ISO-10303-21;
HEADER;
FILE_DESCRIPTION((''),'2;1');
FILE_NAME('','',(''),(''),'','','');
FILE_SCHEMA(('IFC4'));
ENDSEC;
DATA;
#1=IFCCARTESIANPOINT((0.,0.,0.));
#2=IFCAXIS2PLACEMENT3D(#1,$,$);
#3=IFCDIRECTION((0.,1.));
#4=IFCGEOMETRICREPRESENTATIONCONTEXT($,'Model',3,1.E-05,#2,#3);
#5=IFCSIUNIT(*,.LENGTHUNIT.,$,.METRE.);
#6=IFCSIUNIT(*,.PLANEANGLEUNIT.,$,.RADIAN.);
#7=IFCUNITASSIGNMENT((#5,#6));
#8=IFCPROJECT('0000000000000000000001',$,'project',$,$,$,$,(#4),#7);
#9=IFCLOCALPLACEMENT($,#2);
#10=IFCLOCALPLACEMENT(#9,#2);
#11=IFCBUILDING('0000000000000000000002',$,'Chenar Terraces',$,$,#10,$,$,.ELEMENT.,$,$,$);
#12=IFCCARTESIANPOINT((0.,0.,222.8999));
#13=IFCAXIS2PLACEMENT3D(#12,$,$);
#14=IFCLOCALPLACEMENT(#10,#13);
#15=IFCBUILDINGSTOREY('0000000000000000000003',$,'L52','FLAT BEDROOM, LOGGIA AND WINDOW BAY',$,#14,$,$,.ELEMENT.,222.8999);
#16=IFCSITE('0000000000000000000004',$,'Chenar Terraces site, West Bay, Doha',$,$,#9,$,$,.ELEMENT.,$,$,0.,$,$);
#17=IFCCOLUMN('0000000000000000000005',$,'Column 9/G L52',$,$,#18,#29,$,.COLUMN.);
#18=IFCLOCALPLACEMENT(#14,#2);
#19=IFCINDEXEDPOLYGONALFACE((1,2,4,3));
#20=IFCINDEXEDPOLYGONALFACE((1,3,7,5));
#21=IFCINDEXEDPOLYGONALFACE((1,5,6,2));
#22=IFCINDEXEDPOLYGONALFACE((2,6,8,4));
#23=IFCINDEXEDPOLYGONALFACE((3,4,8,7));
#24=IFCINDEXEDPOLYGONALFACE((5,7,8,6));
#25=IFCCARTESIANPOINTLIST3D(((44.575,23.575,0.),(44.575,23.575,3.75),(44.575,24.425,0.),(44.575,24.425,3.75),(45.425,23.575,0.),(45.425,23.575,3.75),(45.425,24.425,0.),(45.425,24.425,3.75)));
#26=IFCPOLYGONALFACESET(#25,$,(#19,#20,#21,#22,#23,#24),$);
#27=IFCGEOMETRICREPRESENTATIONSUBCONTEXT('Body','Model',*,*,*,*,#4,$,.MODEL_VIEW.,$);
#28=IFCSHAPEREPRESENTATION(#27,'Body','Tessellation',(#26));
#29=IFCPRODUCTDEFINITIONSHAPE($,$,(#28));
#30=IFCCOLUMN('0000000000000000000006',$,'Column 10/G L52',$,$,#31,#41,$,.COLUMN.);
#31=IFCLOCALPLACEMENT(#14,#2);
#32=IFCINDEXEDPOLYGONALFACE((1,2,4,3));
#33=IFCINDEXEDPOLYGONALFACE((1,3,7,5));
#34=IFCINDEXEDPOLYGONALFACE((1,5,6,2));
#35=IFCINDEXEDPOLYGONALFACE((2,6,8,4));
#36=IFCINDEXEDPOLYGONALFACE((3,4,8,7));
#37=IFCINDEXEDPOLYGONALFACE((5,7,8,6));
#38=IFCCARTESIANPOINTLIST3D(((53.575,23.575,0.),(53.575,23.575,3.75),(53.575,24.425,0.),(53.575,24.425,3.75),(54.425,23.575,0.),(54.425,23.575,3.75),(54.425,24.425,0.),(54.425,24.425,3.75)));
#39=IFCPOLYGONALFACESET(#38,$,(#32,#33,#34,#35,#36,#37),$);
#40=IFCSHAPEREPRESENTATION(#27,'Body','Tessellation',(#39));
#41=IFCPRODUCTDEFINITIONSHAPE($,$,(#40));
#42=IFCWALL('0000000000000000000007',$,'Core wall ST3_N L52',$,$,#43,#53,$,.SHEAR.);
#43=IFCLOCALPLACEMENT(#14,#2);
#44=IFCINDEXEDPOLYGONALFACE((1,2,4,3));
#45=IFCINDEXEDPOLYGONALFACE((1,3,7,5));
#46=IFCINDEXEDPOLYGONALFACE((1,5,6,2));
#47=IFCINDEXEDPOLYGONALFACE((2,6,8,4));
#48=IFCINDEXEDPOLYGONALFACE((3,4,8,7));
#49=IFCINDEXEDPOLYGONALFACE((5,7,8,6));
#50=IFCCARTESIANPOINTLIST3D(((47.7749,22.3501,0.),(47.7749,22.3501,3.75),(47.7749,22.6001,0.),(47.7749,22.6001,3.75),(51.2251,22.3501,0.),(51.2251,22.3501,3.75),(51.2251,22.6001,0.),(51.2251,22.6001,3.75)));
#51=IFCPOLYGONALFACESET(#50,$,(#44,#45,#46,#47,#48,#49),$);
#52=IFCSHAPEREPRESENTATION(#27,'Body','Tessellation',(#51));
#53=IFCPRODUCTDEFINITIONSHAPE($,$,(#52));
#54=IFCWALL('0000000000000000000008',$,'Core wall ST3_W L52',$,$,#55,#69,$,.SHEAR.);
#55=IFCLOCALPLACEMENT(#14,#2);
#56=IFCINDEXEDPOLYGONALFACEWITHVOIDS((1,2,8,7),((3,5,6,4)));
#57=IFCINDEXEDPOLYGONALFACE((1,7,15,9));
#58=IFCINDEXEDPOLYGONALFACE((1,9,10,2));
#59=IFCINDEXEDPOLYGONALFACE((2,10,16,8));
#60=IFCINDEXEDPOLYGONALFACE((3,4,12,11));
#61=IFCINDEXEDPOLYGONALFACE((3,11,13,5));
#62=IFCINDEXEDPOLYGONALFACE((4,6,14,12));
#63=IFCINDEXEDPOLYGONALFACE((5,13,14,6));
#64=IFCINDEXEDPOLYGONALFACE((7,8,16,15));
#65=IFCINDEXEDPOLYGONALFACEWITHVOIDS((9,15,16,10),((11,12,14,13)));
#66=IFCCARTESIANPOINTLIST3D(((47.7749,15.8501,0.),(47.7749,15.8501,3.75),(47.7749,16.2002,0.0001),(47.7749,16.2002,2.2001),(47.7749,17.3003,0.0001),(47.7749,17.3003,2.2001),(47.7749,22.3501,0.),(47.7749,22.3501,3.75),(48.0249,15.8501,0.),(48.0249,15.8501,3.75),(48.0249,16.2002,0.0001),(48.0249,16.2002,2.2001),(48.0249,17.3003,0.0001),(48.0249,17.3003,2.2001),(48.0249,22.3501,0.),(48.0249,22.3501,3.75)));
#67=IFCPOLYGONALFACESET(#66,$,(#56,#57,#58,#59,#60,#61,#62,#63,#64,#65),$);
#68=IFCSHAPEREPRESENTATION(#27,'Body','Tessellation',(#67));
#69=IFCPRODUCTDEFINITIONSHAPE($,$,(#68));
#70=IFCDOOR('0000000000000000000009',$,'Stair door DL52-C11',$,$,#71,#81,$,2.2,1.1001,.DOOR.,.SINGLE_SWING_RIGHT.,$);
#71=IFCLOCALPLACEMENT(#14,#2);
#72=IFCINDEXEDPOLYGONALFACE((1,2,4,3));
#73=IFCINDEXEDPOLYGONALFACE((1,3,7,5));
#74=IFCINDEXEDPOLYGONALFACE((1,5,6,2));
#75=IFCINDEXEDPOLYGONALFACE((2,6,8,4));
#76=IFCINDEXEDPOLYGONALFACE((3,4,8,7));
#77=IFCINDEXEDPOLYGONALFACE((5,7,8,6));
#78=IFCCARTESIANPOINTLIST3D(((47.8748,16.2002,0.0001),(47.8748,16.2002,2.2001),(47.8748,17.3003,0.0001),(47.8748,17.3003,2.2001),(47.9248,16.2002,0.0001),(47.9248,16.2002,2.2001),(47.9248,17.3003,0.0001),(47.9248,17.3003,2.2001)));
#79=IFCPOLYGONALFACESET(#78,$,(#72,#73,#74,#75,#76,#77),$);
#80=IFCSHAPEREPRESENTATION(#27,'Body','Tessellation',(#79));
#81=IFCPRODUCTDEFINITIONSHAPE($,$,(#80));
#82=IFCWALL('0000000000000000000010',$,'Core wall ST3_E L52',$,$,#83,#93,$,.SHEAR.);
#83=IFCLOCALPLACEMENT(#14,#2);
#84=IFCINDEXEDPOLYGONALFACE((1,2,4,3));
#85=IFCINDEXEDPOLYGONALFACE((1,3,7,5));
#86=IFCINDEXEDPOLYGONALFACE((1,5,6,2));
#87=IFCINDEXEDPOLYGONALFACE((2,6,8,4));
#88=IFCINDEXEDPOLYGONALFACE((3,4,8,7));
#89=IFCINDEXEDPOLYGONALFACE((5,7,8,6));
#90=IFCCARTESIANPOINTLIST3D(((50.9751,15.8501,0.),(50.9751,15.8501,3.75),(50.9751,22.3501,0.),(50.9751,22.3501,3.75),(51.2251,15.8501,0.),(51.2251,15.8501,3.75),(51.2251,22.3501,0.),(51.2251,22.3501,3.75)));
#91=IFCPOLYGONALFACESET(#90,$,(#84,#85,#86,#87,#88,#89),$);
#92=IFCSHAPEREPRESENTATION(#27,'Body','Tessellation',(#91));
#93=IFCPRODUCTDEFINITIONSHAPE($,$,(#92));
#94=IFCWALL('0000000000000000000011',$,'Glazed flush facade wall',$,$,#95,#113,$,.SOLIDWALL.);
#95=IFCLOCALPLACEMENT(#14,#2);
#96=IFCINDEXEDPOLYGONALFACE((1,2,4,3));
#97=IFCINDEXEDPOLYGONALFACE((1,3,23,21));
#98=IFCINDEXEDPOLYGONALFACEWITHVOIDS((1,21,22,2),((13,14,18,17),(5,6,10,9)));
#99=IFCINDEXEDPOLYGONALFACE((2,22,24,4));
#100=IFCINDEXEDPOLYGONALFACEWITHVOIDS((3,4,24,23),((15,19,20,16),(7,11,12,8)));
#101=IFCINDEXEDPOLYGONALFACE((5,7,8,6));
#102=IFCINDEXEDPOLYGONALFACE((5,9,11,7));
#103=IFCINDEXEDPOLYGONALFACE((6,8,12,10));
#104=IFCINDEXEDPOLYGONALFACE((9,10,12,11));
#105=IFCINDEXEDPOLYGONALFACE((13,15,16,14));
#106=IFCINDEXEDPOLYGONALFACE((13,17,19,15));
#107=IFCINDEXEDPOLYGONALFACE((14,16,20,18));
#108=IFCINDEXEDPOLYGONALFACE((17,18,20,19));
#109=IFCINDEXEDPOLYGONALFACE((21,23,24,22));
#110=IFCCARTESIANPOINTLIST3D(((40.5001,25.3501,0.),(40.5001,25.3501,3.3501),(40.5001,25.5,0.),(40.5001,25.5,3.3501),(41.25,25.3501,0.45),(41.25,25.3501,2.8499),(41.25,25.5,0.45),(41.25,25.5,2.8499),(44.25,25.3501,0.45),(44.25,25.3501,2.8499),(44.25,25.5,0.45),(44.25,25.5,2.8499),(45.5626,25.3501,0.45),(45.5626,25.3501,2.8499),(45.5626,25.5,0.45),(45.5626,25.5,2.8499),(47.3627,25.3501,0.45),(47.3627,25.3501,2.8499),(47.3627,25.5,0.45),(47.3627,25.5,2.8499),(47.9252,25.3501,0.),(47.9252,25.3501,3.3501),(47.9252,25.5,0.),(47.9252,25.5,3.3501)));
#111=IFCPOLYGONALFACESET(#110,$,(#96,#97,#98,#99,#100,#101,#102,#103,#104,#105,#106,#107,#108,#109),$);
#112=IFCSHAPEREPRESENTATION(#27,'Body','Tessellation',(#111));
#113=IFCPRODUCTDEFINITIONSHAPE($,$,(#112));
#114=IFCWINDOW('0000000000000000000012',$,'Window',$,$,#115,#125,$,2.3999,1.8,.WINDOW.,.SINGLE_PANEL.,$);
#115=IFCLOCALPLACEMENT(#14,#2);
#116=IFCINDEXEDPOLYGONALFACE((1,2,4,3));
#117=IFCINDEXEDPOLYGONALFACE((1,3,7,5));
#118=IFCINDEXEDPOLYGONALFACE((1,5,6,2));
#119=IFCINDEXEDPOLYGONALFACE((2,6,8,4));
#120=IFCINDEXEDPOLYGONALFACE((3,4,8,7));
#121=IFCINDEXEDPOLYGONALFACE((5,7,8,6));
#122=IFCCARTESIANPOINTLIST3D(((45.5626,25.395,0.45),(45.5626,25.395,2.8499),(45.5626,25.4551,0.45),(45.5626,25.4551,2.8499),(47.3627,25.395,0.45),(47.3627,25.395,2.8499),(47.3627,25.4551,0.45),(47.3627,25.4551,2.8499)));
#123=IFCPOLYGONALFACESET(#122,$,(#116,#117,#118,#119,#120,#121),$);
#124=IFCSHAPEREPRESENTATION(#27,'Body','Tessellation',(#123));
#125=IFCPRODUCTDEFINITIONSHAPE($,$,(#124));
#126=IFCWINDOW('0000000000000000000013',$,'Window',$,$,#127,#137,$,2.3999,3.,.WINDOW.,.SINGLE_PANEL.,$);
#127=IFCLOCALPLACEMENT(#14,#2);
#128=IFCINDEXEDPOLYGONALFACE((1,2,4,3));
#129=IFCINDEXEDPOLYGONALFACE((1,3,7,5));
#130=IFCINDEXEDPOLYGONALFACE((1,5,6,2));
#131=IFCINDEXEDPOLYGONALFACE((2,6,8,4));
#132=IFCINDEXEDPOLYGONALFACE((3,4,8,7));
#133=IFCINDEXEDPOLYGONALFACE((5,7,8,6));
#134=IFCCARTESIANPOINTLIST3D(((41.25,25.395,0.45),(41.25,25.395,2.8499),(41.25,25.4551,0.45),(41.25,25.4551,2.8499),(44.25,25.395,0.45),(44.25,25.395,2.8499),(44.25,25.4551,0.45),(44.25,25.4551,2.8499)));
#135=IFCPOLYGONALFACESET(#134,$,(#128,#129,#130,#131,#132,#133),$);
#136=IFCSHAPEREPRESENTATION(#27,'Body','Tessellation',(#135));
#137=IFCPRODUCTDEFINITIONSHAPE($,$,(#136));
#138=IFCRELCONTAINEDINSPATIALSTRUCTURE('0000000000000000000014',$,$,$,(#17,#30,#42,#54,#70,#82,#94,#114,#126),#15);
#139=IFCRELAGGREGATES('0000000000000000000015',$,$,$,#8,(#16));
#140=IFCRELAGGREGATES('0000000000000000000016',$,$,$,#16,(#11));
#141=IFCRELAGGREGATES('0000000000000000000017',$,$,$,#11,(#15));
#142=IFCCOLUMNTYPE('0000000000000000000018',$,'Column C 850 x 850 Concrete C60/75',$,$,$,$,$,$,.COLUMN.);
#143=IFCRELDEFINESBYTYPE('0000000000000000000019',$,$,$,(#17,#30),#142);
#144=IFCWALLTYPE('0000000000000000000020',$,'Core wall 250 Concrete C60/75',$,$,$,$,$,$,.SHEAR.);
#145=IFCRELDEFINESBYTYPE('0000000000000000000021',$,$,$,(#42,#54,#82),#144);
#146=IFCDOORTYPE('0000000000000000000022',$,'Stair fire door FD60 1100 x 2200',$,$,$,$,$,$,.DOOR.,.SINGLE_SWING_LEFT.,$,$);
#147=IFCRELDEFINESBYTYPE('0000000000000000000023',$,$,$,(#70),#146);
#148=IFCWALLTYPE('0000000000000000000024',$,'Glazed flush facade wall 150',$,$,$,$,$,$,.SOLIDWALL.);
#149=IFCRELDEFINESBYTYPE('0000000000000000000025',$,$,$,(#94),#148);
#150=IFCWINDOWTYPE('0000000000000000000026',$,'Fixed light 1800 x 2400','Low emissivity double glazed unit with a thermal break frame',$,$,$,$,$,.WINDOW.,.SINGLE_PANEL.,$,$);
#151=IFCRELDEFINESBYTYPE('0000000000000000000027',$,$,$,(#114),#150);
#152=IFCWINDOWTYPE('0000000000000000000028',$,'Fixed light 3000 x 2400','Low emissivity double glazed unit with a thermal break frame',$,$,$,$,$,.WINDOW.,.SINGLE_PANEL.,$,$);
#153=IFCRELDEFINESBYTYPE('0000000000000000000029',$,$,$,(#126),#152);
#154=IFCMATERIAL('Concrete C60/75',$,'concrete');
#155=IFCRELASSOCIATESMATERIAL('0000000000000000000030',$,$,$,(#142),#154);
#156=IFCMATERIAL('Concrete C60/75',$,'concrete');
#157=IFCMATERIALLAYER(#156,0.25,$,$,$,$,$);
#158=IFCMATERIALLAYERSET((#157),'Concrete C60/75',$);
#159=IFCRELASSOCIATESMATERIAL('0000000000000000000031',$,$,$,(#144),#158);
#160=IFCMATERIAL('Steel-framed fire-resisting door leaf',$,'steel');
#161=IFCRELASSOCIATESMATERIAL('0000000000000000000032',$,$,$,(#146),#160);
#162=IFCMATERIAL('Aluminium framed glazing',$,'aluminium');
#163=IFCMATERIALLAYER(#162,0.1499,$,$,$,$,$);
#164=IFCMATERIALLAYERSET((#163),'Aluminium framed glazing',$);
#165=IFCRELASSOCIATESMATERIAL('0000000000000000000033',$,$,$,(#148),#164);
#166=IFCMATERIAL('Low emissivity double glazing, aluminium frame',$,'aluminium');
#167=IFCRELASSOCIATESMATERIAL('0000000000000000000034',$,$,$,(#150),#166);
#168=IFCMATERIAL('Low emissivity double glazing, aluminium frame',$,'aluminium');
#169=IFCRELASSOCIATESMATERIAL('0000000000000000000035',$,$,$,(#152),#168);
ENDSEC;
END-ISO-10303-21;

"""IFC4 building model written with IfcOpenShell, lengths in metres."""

from ifc_helpers import new_model, si_unit, direction, frame, frame_2d, origin, origin_2d, place, context, subcontext, project, spatial, rectangle, extrude, material, layer, layer_set, material_profile, profile_set, type_object, element, fill, save


model = new_model("IFC4")

# Units and contexts
model_context = context("Model", 3, precision=1e-05, world=origin(), true_north=direction((0.0, 1.0)))
body_context = subcontext(model_context, "Body", "Model", "MODEL_VIEW")
ifc_project = project(units=[si_unit("LENGTHUNIT", "METRE"), si_unit("PLANEANGLEUNIT", "RADIAN")], contexts=[model_context])

# Site, building, storey
site_placement = place(None, origin())
site = spatial("IfcSite", under=ifc_project, at=site_placement, Name="Chenar Terraces site, West Bay, Doha", CompositionType="ELEMENT", RefElevation=0.0)
building_placement = place(site_placement, origin())
building = spatial("IfcBuilding", under=site, at=building_placement, Name="Chenar Terraces", CompositionType="ELEMENT")
storey_placement = place(building_placement, frame((0.0, 0.0, 222.8999)))
storey = spatial("IfcBuildingStorey", under=building, at=storey_placement, Name="L52", Description="FLAT BEDROOM, LOGGIA AND WINDOW BAY", CompositionType="ELEMENT", Elevation=222.8999)

# Columns
ifc_material_1 = material(Name="Concrete C60/75", Category="concrete")
ifc_material_profile = material_profile(ifc_material_1, rectangle(XDim=0.8501, YDim=0.8501, at=origin_2d()), Name="C 850 x 850")
ifc_profile_set = profile_set([ifc_material_profile], Name="Concrete C60/75")
column_type = type_object("IfcColumnType", Name="Column C 850 x 850 Concrete C60/75", PredefinedType="COLUMN", material=ifc_profile_set)
for number, where, z_axis, x_axis, name in (
    (1, (45.0, 24.0, 0.0), (0.0, 0.0, 1.0), (1.0, 0.0, 0.0), "Column 9/G L52"),
    (2, (54.0, 24.0, 0.0), (0.0, 0.0, 1.0), (1.0, 0.0, 0.0), "Column 10/G L52"),
):
    element("IfcColumn", number, at=place(storey_placement, frame(where, z_axis=z_axis, x_axis=x_axis)), inside=storey, type_object=column_type, Name=name, PredefinedType="COLUMN", context=body_context, shape_type="SweptSolid", body=[
        extrude(rectangle(XDim=0.8501, YDim=0.8501, at=origin_2d()), origin(), (0.0, 0.0, 1.0), 3.75),
    ])

# Wall
ifc_material_2 = material(Name="Concrete C60/75", Category="concrete")
ifc_layer_1 = layer(ifc_material_2, 0.25)
ifc_layer_set_1 = layer_set([ifc_layer_1], Name="Concrete C60/75")
wall_type_1 = type_object("IfcWallType", Name="Core wall 250 Concrete C60/75", PredefinedType="SHEAR", material=ifc_layer_set_1)
wall_1_placement = place(storey_placement, frame((47.7749, 22.4751, 0.0), z_axis=(0.0, 0.0, 1.0), x_axis=(1.0, 0.0, 0.0)))
element("IfcWall", 3, at=wall_1_placement, inside=storey, type_object=wall_type_1, Name="Core wall ST3_N L52", PredefinedType="SHEAR", context=body_context, shape_type="SweptSolid", body=[
    extrude(rectangle(XDim=3.4502, YDim=0.25, at=frame_2d((1.7251, 0.0))), origin(), (0.0, 0.0, 1.0), 3.75),
])

# Wall, opening, door
wall_2_placement = place(storey_placement, frame((47.8999, 15.8501, 0.0), z_axis=(0.0, 0.0, 1.0), x_axis=(0.0, 1.0, 0.0)))
wall_2 = element("IfcWall", 4, at=wall_2_placement, inside=storey, type_object=wall_type_1, Name="Core wall ST3_W L52", PredefinedType="SHEAR", context=body_context, shape_type="SweptSolid", body=[
    extrude(rectangle(XDim=6.5, YDim=0.25, at=frame_2d((3.25, 0.0))), origin(), (0.0, 0.0, 1.0), 3.75),
])
opening_1_placement = place(wall_2_placement, frame((0.3501, 0.0, 0.0)))
opening_1 = element("IfcOpeningElement", 5, at=opening_1_placement, cuts=wall_2, PredefinedType="OPENING", context=body_context, shape_type="SweptSolid", body=[
    extrude(rectangle(XDim=1.1001, YDim=2.2, at=frame_2d((0.55, 1.1001))), frame((0.0, 0.135, 0.0), z_axis=(0.0, -1.0, 0.0), x_axis=(1.0, 0.0, 0.0)), (0.0, 0.0, 1.0), 0.27),
])
ifc_material_3 = material(Name="Steel-framed fire-resisting door leaf", Category="steel")
door_type_1 = type_object("IfcDoorType", Name="Stair fire door FD60 1100 x 2200", OperationType="SINGLE_SWING_LEFT", PredefinedType="DOOR", material=ifc_material_3)
door_1_placement = place(opening_1_placement, frame((1.1001, 0.0, 0.0), z_axis=(0.0, 0.0, 1.0), x_axis=(-1.0, 0.0, 0.0)))
door_1 = element("IfcDoor", 6, at=door_1_placement, inside=storey, type_object=door_type_1, Name="Stair door DL52-C11", OperationType="SINGLE_SWING_RIGHT", OverallHeight=2.2, OverallWidth=1.1001, PredefinedType="DOOR", context=body_context, shape_type="SweptSolid", body=[
    extrude(rectangle(XDim=1.1001, YDim=2.2, at=frame_2d((0.55, 1.1001))), frame((0.0, 0.0249, 0.0), z_axis=(0.0, -1.0, 0.0), x_axis=(1.0, 0.0, 0.0)), (0.0, 0.0, 1.0), 0.05),
])
fill(opening_1, door_1)

# Wall
wall_3_placement = place(storey_placement, frame((51.1001, 15.8501, 0.0), z_axis=(0.0, 0.0, 1.0), x_axis=(0.0, 1.0, 0.0)))
element("IfcWall", 7, at=wall_3_placement, inside=storey, type_object=wall_type_1, Name="Core wall ST3_E L52", PredefinedType="SHEAR", context=body_context, shape_type="SweptSolid", body=[
    extrude(rectangle(XDim=6.5, YDim=0.25, at=frame_2d((3.25, 0.0))), origin(), (0.0, 0.0, 1.0), 3.75),
])

# Wall, openings, windows
ifc_material_4 = material(Name="Aluminium framed glazing", Category="aluminium")
ifc_layer_2 = layer(ifc_material_4, 0.1499)
ifc_layer_set_2 = layer_set([ifc_layer_2], Name="Aluminium framed glazing")
wall_type_2 = type_object("IfcWallType", Name="Glazed flush facade wall 150", PredefinedType="SOLIDWALL", material=ifc_layer_set_2)
wall_4_placement = place(storey_placement, frame((47.925, 25.425, 0.0), z_axis=(0.0, 0.0, 1.0), x_axis=(-1.0, 0.0, 0.0)))
wall_4 = element("IfcWall", 8, at=wall_4_placement, inside=storey, type_object=wall_type_2, Name="Glazed flush facade wall", PredefinedType="SOLIDWALL", context=body_context, shape_type="SweptSolid", body=[
    extrude(rectangle(XDim=7.425, YDim=0.1499, at=frame_2d((3.7124, 0.0))), origin(), (0.0, 0.0, 1.0), 3.3501),
])
opening_2_placement = place(wall_4_placement, frame((0.5625, 0.0, 0.45)))
opening_2 = element("IfcOpeningElement", 9, at=opening_2_placement, cuts=wall_4, PredefinedType="OPENING", context=body_context, shape_type="SweptSolid", body=[
    extrude(rectangle(XDim=1.8, YDim=2.3999, at=frame_2d((0.8999, 1.2))), frame((0.0, 0.085, 0.0), z_axis=(0.0, -1.0, 0.0), x_axis=(1.0, 0.0, 0.0)), (0.0, 0.0, 1.0), 0.1699),
])
opening_3_placement = place(wall_4_placement, frame((3.675, 0.0, 0.45)))
opening_3 = element("IfcOpeningElement", 10, at=opening_3_placement, cuts=wall_4, PredefinedType="OPENING", context=body_context, shape_type="SweptSolid", body=[
    extrude(rectangle(XDim=3.0, YDim=2.3999, at=frame_2d((1.5, 1.2))), frame((0.0, 0.085, 0.0), z_axis=(0.0, -1.0, 0.0), x_axis=(1.0, 0.0, 0.0)), (0.0, 0.0, 1.0), 0.1699),
])
ifc_material_5 = material(Name="Low emissivity double glazing, aluminium frame", Category="aluminium")
window_type_1 = type_object("IfcWindowType", Name="Fixed light 1800 x 2400", Description="Low emissivity double glazed unit with a thermal break frame", PartitioningType="SINGLE_PANEL", PredefinedType="WINDOW", material=ifc_material_5)
window_1_placement = place(opening_2_placement, origin())
window_1 = element("IfcWindow", 11, at=window_1_placement, inside=storey, type_object=window_type_1, Name="Window", OverallHeight=2.3999, OverallWidth=1.8, PartitioningType="SINGLE_PANEL", PredefinedType="WINDOW", context=body_context, shape_type="SweptSolid", body=[
    extrude(rectangle(XDim=1.8, YDim=2.3999, at=frame_2d((0.8999, 1.2))), frame((0.0, 0.03, 0.0), z_axis=(0.0, -1.0, 0.0), x_axis=(1.0, 0.0, 0.0)), (0.0, 0.0, 1.0), 0.0601),
])
fill(opening_2, window_1)
ifc_material_6 = material(Name="Low emissivity double glazing, aluminium frame", Category="aluminium")
window_type_2 = type_object("IfcWindowType", Name="Fixed light 3000 x 2400", Description="Low emissivity double glazed unit with a thermal break frame", PartitioningType="SINGLE_PANEL", PredefinedType="WINDOW", material=ifc_material_6)
window_2_placement = place(opening_3_placement, origin())
window_2 = element("IfcWindow", 12, at=window_2_placement, inside=storey, type_object=window_type_2, Name="Window", OverallHeight=2.3999, OverallWidth=3.0, PartitioningType="SINGLE_PANEL", PredefinedType="WINDOW", context=body_context, shape_type="SweptSolid", body=[
    extrude(rectangle(XDim=3.0, YDim=2.3999, at=frame_2d((1.5, 1.2))), frame((0.0, 0.03, 0.0), z_axis=(0.0, -1.0, 0.0), x_axis=(1.0, 0.0, 0.0)), (0.0, 0.0, 1.0), 0.0601),
])
fill(opening_3, window_2)

save(model, "model.ifc")
